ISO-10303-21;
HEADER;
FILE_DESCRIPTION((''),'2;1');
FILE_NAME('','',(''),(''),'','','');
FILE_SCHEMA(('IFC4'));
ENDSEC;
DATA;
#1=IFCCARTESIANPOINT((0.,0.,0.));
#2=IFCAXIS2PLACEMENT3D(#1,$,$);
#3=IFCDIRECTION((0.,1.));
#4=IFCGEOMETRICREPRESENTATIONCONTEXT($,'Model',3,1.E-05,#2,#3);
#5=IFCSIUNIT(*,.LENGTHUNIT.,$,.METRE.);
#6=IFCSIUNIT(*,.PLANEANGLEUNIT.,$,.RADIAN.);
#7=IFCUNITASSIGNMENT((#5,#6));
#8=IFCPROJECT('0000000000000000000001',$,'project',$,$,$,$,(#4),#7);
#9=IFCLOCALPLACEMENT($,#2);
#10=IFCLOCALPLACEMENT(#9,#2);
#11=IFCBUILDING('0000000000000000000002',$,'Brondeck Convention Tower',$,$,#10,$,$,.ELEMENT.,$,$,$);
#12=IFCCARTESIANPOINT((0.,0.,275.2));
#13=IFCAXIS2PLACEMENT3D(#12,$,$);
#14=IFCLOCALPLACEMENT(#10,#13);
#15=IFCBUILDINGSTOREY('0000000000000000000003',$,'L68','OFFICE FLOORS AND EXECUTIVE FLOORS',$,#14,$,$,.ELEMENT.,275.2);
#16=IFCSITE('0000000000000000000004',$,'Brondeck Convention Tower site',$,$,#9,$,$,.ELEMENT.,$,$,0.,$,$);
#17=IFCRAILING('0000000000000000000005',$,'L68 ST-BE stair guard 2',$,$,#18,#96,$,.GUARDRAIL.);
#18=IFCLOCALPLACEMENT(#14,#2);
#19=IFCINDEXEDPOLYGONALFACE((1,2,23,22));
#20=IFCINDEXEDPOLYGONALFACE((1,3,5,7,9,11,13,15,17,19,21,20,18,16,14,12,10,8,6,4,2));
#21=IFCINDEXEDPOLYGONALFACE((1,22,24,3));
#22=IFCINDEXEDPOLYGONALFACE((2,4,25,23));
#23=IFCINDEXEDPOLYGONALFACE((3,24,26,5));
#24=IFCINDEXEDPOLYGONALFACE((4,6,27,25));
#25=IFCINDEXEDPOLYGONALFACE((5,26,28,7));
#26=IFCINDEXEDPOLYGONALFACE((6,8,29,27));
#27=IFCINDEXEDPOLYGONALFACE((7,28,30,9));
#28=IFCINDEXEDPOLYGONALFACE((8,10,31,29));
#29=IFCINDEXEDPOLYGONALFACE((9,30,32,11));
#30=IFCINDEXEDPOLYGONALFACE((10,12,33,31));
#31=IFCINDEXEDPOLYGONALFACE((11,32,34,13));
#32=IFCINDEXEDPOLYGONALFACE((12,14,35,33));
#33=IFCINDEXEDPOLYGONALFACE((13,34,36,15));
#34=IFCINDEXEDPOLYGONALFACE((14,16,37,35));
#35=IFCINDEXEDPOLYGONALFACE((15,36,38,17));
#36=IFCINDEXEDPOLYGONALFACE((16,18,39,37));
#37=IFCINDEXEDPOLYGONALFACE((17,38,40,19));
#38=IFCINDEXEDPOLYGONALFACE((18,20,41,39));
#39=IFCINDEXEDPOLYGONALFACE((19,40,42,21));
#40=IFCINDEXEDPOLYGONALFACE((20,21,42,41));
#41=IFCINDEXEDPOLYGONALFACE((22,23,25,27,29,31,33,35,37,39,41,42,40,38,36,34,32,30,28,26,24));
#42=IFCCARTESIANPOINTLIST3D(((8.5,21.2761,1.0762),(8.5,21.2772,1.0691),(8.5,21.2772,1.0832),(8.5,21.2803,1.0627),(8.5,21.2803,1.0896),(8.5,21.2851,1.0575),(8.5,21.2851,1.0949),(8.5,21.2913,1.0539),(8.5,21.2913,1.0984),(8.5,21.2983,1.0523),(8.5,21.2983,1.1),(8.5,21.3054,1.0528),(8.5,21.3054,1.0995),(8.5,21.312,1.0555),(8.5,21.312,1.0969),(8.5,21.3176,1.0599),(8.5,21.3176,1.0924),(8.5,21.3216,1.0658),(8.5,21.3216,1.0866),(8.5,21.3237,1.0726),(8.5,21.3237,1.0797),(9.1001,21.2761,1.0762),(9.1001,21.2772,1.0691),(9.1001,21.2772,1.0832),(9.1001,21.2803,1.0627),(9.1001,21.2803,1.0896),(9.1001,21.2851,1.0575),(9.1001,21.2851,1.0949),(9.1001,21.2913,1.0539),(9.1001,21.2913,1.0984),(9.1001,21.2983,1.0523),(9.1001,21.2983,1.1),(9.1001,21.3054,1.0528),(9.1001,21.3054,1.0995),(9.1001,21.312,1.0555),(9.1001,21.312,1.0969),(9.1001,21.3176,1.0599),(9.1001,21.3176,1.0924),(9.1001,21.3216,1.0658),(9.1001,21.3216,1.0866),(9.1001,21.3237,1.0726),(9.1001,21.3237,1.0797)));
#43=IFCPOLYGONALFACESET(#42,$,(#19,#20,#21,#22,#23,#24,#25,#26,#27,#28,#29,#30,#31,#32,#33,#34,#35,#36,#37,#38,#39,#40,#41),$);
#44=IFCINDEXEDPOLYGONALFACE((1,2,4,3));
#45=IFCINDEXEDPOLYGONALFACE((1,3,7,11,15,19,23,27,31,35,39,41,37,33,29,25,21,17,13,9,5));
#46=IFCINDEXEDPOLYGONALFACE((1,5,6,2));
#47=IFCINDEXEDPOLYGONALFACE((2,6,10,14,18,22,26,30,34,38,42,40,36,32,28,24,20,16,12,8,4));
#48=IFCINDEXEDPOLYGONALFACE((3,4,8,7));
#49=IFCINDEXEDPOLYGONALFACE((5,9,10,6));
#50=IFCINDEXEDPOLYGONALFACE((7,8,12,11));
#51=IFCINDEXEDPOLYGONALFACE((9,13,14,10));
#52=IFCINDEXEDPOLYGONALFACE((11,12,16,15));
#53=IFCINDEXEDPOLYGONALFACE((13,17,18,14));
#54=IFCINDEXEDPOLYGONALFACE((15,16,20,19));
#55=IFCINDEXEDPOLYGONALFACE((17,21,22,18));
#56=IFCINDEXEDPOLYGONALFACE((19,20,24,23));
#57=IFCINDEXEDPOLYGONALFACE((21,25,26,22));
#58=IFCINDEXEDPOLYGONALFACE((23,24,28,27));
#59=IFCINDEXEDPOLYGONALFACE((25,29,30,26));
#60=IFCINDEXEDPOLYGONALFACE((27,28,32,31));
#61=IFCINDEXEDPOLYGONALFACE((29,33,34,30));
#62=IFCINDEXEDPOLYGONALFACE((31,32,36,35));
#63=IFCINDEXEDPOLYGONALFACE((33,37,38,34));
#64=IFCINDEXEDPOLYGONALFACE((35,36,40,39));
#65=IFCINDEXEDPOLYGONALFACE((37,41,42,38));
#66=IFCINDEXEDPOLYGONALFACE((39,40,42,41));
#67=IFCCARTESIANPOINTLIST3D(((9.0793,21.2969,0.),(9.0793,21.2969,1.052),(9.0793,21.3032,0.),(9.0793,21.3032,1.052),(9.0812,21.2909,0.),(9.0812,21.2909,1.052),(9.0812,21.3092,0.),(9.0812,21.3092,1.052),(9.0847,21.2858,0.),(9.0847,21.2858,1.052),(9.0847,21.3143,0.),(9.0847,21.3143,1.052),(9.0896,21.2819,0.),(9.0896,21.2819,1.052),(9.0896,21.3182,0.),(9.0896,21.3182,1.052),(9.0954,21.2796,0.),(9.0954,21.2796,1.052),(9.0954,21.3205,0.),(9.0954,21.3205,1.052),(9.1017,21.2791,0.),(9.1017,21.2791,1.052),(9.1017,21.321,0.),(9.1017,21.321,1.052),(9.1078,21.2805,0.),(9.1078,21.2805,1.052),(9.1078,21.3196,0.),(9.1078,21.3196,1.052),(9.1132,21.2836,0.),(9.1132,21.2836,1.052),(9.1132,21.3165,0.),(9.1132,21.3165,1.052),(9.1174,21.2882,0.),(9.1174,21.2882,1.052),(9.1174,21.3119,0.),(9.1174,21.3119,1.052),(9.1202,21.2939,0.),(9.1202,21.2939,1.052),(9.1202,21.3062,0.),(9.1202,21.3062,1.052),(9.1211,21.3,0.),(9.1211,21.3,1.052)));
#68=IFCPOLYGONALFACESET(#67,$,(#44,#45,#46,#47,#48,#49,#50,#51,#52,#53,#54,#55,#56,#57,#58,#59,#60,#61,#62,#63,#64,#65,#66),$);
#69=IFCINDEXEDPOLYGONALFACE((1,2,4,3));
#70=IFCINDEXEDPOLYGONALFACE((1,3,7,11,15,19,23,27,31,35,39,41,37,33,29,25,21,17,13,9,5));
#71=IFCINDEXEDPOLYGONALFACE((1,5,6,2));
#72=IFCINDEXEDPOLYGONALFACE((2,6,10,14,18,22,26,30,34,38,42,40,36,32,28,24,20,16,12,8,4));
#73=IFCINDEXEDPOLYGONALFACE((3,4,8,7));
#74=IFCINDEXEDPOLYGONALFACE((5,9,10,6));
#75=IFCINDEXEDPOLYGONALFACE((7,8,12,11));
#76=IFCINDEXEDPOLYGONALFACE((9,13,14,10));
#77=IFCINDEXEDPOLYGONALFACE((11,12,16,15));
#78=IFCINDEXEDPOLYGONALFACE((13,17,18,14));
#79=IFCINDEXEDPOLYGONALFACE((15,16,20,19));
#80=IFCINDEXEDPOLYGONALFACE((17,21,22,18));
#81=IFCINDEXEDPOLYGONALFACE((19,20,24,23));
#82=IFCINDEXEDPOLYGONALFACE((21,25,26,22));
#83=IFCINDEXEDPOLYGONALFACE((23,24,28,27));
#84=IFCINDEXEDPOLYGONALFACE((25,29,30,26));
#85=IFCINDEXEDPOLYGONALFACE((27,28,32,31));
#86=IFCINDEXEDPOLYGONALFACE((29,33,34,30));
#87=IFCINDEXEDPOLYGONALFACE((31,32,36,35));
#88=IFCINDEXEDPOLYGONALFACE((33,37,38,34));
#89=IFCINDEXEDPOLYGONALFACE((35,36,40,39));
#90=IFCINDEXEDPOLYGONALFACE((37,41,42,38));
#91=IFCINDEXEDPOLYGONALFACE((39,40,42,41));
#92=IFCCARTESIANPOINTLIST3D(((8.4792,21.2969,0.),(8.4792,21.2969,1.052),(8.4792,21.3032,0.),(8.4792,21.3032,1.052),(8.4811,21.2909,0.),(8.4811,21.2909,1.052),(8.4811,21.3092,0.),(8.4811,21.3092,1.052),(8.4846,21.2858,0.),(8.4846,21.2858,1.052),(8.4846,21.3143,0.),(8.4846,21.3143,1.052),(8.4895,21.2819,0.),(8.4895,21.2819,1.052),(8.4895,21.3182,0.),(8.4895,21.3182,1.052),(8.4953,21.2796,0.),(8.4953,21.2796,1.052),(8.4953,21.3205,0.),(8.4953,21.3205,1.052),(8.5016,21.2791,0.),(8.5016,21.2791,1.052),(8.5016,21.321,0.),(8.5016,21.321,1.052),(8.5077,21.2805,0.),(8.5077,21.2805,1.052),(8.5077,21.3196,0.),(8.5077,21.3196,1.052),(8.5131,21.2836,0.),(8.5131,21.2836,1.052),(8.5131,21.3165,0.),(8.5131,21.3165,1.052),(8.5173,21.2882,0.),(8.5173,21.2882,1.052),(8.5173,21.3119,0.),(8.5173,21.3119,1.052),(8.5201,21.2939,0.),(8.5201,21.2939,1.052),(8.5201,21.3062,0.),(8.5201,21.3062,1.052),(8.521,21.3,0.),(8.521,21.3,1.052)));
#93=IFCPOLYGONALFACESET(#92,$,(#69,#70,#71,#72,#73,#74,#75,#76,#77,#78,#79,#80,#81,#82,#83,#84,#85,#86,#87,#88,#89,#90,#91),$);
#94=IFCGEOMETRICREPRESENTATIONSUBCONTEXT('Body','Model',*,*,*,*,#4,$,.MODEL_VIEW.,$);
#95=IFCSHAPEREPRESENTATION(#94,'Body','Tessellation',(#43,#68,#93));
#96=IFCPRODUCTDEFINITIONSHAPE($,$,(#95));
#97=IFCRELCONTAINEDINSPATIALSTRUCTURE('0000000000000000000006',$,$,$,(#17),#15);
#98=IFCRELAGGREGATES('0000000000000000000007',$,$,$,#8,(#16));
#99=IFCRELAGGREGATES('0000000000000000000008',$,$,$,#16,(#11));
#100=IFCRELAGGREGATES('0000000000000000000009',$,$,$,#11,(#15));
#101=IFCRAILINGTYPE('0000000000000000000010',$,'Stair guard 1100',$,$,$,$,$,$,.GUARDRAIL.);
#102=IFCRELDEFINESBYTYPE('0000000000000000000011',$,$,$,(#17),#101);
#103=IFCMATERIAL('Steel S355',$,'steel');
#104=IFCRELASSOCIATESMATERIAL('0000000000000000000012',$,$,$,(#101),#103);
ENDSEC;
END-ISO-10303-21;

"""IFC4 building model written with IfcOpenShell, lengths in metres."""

from ifc_helpers import new_model, si_unit, direction, frame, origin, origin_2d, place, context, subcontext, project, spatial, circle, extrude, material, type_object, element, save


model = new_model("IFC4")

# Units and contexts
model_context = context("Model", 3, precision=1e-05, world=origin(), true_north=direction((0.0, 1.0)))
body_context = subcontext(model_context, "Body", "Model", "MODEL_VIEW")
ifc_project = project(units=[si_unit("LENGTHUNIT", "METRE"), si_unit("PLANEANGLEUNIT", "RADIAN")], contexts=[model_context])

# Site, building, storey
site_placement = place(None, origin())
site = spatial("IfcSite", under=ifc_project, at=site_placement, Name="Brondeck Convention Tower site", CompositionType="ELEMENT", RefElevation=0.0)
building_placement = place(site_placement, origin())
building = spatial("IfcBuilding", under=site, at=building_placement, Name="Brondeck Convention Tower", CompositionType="ELEMENT")
storey_placement = place(building_placement, frame((0.0, 0.0, 275.2)))
storey = spatial("IfcBuildingStorey", under=building, at=storey_placement, Name="L68", Description="OFFICE FLOORS AND EXECUTIVE FLOORS", CompositionType="ELEMENT", Elevation=275.2)

# Railing
ifc_material_1 = material(Name="Steel S355", Category="steel")
railing_type = type_object("IfcRailingType", Name="Stair guard 1100", PredefinedType="GUARDRAIL", material=ifc_material_1)
railing_1_placement = place(storey_placement, frame((9.1001, 21.3, 0.0)))
element("IfcRailing", 1, at=railing_1_placement, inside=storey, type_object=railing_type, Name="L68 ST-BE stair guard 2", PredefinedType="GUARDRAIL", context=body_context, shape_type="SweptSolid", body=[
    extrude(circle(Radius=0.0239, at=origin_2d()), frame((0.0, 0.0, 1.0762), z_axis=(-1.0, 0.0, 0.0), x_axis=(0.0, -1.0, 0.0)), (0.0, 0.0, 1.0), 0.6001),
    extrude(circle(Radius=0.021, at=origin_2d()), origin(), (0.0, 0.0, 1.0), 1.052),
    extrude(circle(Radius=0.021, at=origin_2d()), frame((-0.6001, 0.0, 0.0)), (0.0, 0.0, 1.0), 1.052),
])

save(model, "model.ifc")
